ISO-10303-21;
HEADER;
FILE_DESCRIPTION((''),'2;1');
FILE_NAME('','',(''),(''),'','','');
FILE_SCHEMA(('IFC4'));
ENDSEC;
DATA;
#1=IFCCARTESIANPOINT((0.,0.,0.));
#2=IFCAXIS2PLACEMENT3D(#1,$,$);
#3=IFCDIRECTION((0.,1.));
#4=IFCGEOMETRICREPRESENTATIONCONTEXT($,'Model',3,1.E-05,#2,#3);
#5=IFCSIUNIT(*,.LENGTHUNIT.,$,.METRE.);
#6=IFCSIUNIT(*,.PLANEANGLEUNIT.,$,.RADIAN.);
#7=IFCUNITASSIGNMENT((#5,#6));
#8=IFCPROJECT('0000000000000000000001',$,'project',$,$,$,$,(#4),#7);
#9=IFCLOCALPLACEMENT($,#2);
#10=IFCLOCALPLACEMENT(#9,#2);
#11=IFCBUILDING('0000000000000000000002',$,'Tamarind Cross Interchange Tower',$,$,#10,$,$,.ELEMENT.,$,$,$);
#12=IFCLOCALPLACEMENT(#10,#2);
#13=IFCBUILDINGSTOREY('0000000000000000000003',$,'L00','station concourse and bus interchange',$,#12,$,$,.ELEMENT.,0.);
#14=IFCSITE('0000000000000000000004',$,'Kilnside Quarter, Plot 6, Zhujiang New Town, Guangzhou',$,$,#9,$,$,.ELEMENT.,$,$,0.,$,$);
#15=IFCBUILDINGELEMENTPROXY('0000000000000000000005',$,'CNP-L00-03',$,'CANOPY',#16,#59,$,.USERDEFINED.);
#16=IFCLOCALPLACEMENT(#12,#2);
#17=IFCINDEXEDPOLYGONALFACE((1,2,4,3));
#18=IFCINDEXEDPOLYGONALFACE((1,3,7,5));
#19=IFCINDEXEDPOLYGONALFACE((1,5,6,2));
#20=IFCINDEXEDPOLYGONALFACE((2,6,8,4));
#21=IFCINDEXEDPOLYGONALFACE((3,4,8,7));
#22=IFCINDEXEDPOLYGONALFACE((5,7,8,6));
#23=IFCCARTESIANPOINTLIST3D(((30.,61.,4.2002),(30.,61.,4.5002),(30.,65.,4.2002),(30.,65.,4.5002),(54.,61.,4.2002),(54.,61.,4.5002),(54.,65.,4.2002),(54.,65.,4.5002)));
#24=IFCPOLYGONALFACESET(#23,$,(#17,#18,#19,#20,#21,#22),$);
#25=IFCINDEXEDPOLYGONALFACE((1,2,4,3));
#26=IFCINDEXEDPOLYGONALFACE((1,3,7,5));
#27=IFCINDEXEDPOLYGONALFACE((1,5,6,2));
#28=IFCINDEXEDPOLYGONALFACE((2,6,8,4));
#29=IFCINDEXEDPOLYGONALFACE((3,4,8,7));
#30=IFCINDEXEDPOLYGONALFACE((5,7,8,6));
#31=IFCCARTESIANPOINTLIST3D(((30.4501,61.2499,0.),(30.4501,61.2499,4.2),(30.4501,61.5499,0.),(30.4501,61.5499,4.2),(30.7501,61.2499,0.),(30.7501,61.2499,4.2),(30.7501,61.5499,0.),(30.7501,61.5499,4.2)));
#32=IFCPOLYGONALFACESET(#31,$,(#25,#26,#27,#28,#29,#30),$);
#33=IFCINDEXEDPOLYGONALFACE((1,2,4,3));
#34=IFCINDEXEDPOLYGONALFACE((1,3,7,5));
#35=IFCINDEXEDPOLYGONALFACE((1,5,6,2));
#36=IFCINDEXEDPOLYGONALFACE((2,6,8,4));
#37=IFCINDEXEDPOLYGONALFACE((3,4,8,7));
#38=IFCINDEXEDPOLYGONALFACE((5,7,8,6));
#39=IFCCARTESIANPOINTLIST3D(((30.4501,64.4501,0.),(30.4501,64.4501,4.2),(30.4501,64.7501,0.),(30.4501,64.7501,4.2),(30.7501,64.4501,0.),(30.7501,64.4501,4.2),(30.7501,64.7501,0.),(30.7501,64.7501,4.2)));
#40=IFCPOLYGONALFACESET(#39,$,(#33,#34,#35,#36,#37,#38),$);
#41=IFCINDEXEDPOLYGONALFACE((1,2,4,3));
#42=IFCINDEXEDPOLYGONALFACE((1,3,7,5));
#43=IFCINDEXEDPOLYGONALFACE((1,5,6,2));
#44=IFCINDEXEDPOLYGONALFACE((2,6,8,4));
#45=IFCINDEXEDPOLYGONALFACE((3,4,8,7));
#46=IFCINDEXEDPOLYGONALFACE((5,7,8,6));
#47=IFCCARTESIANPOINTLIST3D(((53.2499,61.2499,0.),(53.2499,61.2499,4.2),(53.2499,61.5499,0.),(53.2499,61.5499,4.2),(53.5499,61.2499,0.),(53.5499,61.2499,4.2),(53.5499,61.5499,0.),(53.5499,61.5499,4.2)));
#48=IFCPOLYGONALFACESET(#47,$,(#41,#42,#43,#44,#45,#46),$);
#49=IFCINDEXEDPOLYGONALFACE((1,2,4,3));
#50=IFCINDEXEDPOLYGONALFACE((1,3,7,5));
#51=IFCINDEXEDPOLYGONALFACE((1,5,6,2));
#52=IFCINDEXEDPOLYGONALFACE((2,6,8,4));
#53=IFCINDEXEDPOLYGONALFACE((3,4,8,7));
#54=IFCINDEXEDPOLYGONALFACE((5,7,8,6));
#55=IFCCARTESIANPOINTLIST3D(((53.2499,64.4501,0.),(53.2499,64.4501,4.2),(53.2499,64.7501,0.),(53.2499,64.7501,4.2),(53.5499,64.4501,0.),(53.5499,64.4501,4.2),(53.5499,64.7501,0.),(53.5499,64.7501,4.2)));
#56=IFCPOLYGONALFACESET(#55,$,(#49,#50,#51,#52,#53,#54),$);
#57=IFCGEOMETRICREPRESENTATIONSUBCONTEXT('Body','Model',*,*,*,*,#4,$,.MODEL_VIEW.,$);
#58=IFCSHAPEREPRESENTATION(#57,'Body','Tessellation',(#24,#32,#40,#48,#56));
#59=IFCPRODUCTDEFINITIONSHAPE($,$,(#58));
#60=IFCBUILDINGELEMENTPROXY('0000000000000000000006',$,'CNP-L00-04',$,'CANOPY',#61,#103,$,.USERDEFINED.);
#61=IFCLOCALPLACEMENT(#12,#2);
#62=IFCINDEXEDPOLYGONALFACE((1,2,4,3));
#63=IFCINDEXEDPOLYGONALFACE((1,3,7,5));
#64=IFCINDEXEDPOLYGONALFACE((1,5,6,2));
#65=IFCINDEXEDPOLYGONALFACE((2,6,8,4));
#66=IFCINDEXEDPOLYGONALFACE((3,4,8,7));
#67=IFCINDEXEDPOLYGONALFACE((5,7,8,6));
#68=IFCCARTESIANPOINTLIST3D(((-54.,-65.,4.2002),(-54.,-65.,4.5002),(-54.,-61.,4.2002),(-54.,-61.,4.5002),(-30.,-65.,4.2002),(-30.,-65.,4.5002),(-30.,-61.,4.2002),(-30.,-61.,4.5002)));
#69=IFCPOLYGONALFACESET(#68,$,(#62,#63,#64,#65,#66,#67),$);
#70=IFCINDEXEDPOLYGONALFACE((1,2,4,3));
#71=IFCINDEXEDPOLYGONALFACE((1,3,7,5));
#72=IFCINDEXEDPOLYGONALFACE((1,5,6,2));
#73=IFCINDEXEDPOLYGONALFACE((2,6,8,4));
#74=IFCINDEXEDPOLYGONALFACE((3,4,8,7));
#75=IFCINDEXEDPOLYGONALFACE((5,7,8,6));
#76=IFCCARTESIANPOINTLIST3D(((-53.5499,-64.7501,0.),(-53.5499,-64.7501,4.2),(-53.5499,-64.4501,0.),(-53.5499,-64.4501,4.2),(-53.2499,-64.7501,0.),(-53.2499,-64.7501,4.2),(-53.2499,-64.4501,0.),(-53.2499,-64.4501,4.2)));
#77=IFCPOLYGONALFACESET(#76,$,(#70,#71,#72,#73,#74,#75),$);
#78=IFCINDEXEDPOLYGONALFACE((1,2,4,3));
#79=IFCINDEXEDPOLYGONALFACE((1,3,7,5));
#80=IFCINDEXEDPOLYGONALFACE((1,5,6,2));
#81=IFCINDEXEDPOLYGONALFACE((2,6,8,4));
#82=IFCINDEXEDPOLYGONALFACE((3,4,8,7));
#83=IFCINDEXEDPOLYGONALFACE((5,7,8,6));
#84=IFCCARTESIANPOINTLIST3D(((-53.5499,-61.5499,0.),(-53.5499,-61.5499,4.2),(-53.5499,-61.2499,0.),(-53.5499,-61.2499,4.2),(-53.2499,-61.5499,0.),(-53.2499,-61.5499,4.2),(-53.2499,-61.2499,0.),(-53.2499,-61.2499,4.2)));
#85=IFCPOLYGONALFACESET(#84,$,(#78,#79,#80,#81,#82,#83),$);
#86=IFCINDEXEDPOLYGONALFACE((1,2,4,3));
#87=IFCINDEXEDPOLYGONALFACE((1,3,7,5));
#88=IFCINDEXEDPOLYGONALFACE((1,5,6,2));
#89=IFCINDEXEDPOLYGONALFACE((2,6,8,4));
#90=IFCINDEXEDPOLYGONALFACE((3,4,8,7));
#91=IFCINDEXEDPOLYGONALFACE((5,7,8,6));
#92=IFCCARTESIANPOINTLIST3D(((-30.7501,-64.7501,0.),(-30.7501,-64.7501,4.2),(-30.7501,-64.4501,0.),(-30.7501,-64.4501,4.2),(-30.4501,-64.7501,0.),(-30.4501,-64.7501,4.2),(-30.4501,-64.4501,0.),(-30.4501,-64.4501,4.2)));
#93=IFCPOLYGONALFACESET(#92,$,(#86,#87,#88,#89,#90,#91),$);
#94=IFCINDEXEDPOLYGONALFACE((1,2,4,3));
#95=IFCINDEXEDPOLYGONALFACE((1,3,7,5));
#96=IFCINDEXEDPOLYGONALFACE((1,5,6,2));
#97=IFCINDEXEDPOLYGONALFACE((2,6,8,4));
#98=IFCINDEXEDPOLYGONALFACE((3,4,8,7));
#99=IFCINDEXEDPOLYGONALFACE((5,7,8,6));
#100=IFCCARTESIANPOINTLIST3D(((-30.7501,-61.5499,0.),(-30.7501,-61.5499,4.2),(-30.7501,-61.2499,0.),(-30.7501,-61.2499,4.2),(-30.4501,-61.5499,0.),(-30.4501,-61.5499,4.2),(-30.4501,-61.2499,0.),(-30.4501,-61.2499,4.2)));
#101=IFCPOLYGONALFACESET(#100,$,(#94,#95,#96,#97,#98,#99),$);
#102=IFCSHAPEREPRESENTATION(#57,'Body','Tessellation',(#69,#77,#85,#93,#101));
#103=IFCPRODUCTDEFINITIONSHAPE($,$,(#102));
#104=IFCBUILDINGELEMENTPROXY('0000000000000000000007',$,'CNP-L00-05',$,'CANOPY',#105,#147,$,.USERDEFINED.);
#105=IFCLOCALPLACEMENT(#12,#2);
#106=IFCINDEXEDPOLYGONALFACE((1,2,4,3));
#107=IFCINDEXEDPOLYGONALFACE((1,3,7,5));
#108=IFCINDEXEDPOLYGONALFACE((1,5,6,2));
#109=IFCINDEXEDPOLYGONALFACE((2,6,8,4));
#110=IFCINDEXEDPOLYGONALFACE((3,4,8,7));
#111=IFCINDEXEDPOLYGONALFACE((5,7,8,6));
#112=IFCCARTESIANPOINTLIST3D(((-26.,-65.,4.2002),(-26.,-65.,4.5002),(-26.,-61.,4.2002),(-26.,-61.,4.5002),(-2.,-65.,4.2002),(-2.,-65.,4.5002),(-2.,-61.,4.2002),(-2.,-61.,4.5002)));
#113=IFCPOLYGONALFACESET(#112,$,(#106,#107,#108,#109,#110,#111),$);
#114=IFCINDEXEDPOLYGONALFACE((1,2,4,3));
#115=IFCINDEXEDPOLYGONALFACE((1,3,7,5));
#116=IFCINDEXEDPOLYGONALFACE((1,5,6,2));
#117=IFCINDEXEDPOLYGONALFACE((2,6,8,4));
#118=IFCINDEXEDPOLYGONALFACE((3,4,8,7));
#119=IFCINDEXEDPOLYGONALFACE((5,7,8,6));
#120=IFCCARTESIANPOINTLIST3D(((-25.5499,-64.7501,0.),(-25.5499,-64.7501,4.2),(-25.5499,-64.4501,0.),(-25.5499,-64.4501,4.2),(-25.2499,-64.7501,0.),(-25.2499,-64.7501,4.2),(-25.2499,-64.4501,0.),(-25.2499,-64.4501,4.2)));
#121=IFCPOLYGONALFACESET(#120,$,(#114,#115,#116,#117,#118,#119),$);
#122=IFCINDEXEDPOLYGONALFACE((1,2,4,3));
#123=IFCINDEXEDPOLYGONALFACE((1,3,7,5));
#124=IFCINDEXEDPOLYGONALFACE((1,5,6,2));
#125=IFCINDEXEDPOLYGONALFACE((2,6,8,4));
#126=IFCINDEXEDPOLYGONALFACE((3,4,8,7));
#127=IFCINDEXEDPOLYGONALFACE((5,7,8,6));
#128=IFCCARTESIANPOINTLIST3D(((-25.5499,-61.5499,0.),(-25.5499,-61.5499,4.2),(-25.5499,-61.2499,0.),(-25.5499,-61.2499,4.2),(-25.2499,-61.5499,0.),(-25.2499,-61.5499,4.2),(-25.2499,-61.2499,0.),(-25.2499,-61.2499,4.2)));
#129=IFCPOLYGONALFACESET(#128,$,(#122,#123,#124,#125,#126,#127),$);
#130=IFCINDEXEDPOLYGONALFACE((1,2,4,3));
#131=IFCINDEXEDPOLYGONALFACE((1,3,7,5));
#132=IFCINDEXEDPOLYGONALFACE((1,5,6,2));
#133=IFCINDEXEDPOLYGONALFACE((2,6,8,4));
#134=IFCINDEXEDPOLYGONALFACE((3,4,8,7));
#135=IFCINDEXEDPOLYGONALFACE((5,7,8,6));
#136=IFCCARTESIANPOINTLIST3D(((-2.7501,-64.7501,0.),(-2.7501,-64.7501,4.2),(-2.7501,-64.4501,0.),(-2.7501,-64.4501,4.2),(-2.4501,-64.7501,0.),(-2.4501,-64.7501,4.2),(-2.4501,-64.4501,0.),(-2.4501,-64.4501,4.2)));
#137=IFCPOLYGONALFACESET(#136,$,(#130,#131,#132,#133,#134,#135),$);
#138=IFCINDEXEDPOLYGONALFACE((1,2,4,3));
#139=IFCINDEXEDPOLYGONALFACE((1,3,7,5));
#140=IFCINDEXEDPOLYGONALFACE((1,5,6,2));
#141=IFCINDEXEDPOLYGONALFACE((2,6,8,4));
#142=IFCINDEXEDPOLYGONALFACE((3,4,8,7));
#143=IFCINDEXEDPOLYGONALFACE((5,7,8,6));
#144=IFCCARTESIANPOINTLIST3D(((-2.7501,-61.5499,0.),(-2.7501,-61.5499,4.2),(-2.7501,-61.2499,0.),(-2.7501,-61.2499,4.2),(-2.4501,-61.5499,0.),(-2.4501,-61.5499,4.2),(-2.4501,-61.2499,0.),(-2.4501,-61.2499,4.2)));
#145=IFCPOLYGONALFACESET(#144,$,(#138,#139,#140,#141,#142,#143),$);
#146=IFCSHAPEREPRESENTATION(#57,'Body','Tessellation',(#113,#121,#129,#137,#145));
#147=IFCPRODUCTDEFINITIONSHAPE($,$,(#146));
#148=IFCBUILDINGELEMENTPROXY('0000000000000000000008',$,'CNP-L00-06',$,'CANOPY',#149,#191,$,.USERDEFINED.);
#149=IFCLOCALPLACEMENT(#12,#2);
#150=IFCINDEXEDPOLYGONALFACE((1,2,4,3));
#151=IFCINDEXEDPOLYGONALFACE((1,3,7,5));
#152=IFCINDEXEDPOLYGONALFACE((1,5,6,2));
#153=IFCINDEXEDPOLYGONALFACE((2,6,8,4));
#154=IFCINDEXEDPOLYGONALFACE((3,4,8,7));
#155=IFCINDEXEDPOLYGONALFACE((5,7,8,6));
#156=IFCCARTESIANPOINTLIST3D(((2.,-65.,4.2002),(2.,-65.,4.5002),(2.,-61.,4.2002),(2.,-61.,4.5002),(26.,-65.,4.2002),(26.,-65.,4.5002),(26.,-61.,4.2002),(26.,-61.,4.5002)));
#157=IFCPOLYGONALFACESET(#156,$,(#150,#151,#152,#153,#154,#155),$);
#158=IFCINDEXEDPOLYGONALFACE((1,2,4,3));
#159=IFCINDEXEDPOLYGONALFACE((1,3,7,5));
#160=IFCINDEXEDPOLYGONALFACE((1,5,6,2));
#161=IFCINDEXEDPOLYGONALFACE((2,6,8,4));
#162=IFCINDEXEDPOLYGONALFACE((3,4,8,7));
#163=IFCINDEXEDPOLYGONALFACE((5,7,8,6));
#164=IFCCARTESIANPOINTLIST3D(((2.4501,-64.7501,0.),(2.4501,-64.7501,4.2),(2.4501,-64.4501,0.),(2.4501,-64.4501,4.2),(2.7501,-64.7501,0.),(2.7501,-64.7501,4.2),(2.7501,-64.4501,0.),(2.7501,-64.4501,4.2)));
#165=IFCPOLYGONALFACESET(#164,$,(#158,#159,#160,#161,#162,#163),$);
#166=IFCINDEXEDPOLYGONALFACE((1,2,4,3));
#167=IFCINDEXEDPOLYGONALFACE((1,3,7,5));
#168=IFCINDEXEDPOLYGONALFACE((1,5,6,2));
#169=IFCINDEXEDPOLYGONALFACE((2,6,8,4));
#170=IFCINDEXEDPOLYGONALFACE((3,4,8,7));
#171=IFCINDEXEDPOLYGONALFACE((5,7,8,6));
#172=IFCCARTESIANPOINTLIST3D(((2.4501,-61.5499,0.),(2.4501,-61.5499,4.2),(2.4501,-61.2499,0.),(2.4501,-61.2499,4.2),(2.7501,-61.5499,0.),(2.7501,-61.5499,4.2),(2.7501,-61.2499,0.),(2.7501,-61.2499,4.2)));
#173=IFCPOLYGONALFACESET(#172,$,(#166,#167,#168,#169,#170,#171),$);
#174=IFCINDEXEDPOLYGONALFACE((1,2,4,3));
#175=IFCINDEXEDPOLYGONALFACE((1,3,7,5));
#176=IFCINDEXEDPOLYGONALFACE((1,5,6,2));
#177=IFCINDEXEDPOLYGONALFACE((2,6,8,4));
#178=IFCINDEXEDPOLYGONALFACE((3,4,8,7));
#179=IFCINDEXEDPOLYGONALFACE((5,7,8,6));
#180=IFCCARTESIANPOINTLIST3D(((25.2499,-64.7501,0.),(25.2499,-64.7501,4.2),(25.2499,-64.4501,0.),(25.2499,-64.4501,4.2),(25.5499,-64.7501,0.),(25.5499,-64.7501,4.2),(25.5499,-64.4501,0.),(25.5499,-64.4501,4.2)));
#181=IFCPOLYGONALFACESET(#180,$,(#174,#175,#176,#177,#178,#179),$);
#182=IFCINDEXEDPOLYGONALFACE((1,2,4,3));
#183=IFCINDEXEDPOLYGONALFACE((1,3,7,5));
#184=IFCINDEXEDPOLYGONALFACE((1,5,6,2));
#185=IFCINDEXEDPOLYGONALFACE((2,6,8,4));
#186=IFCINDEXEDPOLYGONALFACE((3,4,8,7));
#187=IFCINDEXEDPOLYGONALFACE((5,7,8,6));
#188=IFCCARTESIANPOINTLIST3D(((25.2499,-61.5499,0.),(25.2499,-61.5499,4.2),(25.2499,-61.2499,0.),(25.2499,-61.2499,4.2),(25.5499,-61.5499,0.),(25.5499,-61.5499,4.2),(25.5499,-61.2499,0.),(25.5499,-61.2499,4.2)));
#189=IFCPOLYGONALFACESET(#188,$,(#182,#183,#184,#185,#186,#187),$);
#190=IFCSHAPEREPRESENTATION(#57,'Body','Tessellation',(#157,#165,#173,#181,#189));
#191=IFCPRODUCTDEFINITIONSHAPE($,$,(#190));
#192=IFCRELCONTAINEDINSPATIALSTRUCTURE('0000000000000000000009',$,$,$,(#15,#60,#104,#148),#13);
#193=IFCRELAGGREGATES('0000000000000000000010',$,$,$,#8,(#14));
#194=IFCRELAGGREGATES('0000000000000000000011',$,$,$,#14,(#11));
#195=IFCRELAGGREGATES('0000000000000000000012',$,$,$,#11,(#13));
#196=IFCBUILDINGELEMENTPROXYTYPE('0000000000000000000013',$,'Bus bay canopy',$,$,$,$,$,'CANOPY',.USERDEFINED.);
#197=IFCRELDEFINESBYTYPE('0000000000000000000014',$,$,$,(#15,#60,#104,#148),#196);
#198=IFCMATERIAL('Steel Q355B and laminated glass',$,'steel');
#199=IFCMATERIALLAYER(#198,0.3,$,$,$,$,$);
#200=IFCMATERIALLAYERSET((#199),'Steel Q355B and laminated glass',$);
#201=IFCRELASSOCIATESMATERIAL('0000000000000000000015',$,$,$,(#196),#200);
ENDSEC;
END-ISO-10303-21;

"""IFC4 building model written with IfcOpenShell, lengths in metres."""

from ifc_helpers import new_model, si_unit, direction, frame, origin, origin_2d, place, context, subcontext, project, spatial, rectangle, extrude, material, layer, layer_set, type_object, element, save


model = new_model("IFC4")

# Units and contexts
model_context = context("Model", 3, precision=1e-05, world=origin(), true_north=direction((0.0, 1.0)))
body_context = subcontext(model_context, "Body", "Model", "MODEL_VIEW")
ifc_project = project(units=[si_unit("LENGTHUNIT", "METRE"), si_unit("PLANEANGLEUNIT", "RADIAN")], contexts=[model_context])

# Site, building, storey
site_placement = place(None, origin())
site = spatial("IfcSite", under=ifc_project, at=site_placement, Name="Kilnside Quarter, Plot 6, Zhujiang New Town, Guangzhou", CompositionType="ELEMENT", RefElevation=0.0)
building_placement = place(site_placement, origin())
building = spatial("IfcBuilding", under=site, at=building_placement, Name="Tamarind Cross Interchange Tower", CompositionType="ELEMENT")
storey_placement = place(building_placement, origin())
storey = spatial("IfcBuildingStorey", under=building, at=storey_placement, Name="L00", Description="station concourse and bus interchange", CompositionType="ELEMENT", Elevation=0.0)

# Building element proxies
ifc_material_1 = material(Name="Steel Q355B and laminated glass", Category="steel")
ifc_layer_1 = layer(ifc_material_1, 0.3)
ifc_layer_set_1 = layer_set([ifc_layer_1], Name="Steel Q355B and laminated glass")
building_element_proxy_type = type_object("IfcBuildingElementProxyType", Name="Bus bay canopy", ElementType="CANOPY", PredefinedType="USERDEFINED", material=ifc_layer_set_1)
proxy_1_placement = place(storey_placement, origin())
element("IfcBuildingElementProxy", 1, at=proxy_1_placement, inside=storey, type_object=building_element_proxy_type, Name="CNP-L00-03", ObjectType="CANOPY", PredefinedType="USERDEFINED", context=body_context, shape_type="SweptSolid", body=[
    extrude(rectangle(XDim=24.0, YDim=4.0, at=origin_2d()), frame((42.0, 63.0, 4.2002), z_axis=(0.0, 0.0, 1.0), x_axis=(1.0, 0.0, 0.0)), (0.0, 0.0, 1.0), 0.3),
    extrude(rectangle(XDim=0.3, YDim=0.3, at=origin_2d()), frame((30.6001, 61.3999, 0.0), z_axis=(0.0, 0.0, 1.0), x_axis=(1.0, 0.0, 0.0)), (0.0, 0.0, 1.0), 4.2),
    extrude(rectangle(XDim=0.3, YDim=0.3, at=origin_2d()), frame((30.6001, 64.6001, 0.0), z_axis=(0.0, 0.0, 1.0), x_axis=(1.0, 0.0, 0.0)), (0.0, 0.0, 1.0), 4.2),
    extrude(rectangle(XDim=0.3, YDim=0.3, at=origin_2d()), frame((53.3999, 61.3999, 0.0), z_axis=(0.0, 0.0, 1.0), x_axis=(1.0, 0.0, 0.0)), (0.0, 0.0, 1.0), 4.2),
    extrude(rectangle(XDim=0.3, YDim=0.3, at=origin_2d()), frame((53.3999, 64.6001, 0.0), z_axis=(0.0, 0.0, 1.0), x_axis=(1.0, 0.0, 0.0)), (0.0, 0.0, 1.0), 4.2),
])
proxy_2_placement = place(storey_placement, origin())
element("IfcBuildingElementProxy", 2, at=proxy_2_placement, inside=storey, type_object=building_element_proxy_type, Name="CNP-L00-04", ObjectType="CANOPY", PredefinedType="USERDEFINED", context=body_context, shape_type="SweptSolid", body=[
    extrude(rectangle(XDim=24.0, YDim=4.0, at=origin_2d()), frame((-42.0, -63.0, 4.2002), z_axis=(0.0, 0.0, 1.0), x_axis=(1.0, 0.0, 0.0)), (0.0, 0.0, 1.0), 0.3),
    extrude(rectangle(XDim=0.3, YDim=0.3, at=origin_2d()), frame((-53.3999, -64.6001, 0.0), z_axis=(0.0, 0.0, 1.0), x_axis=(1.0, 0.0, 0.0)), (0.0, 0.0, 1.0), 4.2),
    extrude(rectangle(XDim=0.3, YDim=0.3, at=origin_2d()), frame((-53.3999, -61.3999, 0.0), z_axis=(0.0, 0.0, 1.0), x_axis=(1.0, 0.0, 0.0)), (0.0, 0.0, 1.0), 4.2),
    extrude(rectangle(XDim=0.3, YDim=0.3, at=origin_2d()), frame((-30.6001, -64.6001, 0.0), z_axis=(0.0, 0.0, 1.0), x_axis=(1.0, 0.0, 0.0)), (0.0, 0.0, 1.0), 4.2),
    extrude(rectangle(XDim=0.3, YDim=0.3, at=origin_2d()), frame((-30.6001, -61.3999, 0.0), z_axis=(0.0, 0.0, 1.0), x_axis=(1.0, 0.0, 0.0)), (0.0, 0.0, 1.0), 4.2),
])
proxy_3_placement = place(storey_placement, origin())
element("IfcBuildingElementProxy", 3, at=proxy_3_placement, inside=storey, type_object=building_element_proxy_type, Name="CNP-L00-05", ObjectType="CANOPY", PredefinedType="USERDEFINED", context=body_context, shape_type="SweptSolid", body=[
    extrude(rectangle(XDim=24.0, YDim=4.0, at=origin_2d()), frame((-14.0, -63.0, 4.2002), z_axis=(0.0, 0.0, 1.0), x_axis=(1.0, 0.0, 0.0)), (0.0, 0.0, 1.0), 0.3),
    extrude(rectangle(XDim=0.3, YDim=0.3, at=origin_2d()), frame((-25.3999, -64.6001, 0.0), z_axis=(0.0, 0.0, 1.0), x_axis=(1.0, 0.0, 0.0)), (0.0, 0.0, 1.0), 4.2),
    extrude(rectangle(XDim=0.3, YDim=0.3, at=origin_2d()), frame((-25.3999, -61.3999, 0.0), z_axis=(0.0, 0.0, 1.0), x_axis=(1.0, 0.0, 0.0)), (0.0, 0.0, 1.0), 4.2),
    extrude(rectangle(XDim=0.3, YDim=0.3, at=origin_2d()), frame((-2.6001, -64.6001, 0.0), z_axis=(0.0, 0.0, 1.0), x_axis=(1.0, 0.0, 0.0)), (0.0, 0.0, 1.0), 4.2),
    extrude(rectangle(XDim=0.3, YDim=0.3, at=origin_2d()), frame((-2.6001, -61.3999, 0.0), z_axis=(0.0, 0.0, 1.0), x_axis=(1.0, 0.0, 0.0)), (0.0, 0.0, 1.0), 4.2),
])
proxy_4_placement = place(storey_placement, origin())
element("IfcBuildingElementProxy", 4, at=proxy_4_placement, inside=storey, type_object=building_element_proxy_type, Name="CNP-L00-06", ObjectType="CANOPY", PredefinedType="USERDEFINED", context=body_context, shape_type="SweptSolid", body=[
    extrude(rectangle(XDim=24.0, YDim=4.0, at=origin_2d()), frame((14.0, -63.0, 4.2002), z_axis=(0.0, 0.0, 1.0), x_axis=(1.0, 0.0, 0.0)), (0.0, 0.0, 1.0), 0.3),
    extrude(rectangle(XDim=0.3, YDim=0.3, at=origin_2d()), frame((2.6001, -64.6001, 0.0), z_axis=(0.0, 0.0, 1.0), x_axis=(1.0, 0.0, 0.0)), (0.0, 0.0, 1.0), 4.2),
    extrude(rectangle(XDim=0.3, YDim=0.3, at=origin_2d()), frame((2.6001, -61.3999, 0.0), z_axis=(0.0, 0.0, 1.0), x_axis=(1.0, 0.0, 0.0)), (0.0, 0.0, 1.0), 4.2),
    extrude(rectangle(XDim=0.3, YDim=0.3, at=origin_2d()), frame((25.3999, -64.6001, 0.0), z_axis=(0.0, 0.0, 1.0), x_axis=(1.0, 0.0, 0.0)), (0.0, 0.0, 1.0), 4.2),
    extrude(rectangle(XDim=0.3, YDim=0.3, at=origin_2d()), frame((25.3999, -61.3999, 0.0), z_axis=(0.0, 0.0, 1.0), x_axis=(1.0, 0.0, 0.0)), (0.0, 0.0, 1.0), 4.2),
])

save(model, "model.ifc")
